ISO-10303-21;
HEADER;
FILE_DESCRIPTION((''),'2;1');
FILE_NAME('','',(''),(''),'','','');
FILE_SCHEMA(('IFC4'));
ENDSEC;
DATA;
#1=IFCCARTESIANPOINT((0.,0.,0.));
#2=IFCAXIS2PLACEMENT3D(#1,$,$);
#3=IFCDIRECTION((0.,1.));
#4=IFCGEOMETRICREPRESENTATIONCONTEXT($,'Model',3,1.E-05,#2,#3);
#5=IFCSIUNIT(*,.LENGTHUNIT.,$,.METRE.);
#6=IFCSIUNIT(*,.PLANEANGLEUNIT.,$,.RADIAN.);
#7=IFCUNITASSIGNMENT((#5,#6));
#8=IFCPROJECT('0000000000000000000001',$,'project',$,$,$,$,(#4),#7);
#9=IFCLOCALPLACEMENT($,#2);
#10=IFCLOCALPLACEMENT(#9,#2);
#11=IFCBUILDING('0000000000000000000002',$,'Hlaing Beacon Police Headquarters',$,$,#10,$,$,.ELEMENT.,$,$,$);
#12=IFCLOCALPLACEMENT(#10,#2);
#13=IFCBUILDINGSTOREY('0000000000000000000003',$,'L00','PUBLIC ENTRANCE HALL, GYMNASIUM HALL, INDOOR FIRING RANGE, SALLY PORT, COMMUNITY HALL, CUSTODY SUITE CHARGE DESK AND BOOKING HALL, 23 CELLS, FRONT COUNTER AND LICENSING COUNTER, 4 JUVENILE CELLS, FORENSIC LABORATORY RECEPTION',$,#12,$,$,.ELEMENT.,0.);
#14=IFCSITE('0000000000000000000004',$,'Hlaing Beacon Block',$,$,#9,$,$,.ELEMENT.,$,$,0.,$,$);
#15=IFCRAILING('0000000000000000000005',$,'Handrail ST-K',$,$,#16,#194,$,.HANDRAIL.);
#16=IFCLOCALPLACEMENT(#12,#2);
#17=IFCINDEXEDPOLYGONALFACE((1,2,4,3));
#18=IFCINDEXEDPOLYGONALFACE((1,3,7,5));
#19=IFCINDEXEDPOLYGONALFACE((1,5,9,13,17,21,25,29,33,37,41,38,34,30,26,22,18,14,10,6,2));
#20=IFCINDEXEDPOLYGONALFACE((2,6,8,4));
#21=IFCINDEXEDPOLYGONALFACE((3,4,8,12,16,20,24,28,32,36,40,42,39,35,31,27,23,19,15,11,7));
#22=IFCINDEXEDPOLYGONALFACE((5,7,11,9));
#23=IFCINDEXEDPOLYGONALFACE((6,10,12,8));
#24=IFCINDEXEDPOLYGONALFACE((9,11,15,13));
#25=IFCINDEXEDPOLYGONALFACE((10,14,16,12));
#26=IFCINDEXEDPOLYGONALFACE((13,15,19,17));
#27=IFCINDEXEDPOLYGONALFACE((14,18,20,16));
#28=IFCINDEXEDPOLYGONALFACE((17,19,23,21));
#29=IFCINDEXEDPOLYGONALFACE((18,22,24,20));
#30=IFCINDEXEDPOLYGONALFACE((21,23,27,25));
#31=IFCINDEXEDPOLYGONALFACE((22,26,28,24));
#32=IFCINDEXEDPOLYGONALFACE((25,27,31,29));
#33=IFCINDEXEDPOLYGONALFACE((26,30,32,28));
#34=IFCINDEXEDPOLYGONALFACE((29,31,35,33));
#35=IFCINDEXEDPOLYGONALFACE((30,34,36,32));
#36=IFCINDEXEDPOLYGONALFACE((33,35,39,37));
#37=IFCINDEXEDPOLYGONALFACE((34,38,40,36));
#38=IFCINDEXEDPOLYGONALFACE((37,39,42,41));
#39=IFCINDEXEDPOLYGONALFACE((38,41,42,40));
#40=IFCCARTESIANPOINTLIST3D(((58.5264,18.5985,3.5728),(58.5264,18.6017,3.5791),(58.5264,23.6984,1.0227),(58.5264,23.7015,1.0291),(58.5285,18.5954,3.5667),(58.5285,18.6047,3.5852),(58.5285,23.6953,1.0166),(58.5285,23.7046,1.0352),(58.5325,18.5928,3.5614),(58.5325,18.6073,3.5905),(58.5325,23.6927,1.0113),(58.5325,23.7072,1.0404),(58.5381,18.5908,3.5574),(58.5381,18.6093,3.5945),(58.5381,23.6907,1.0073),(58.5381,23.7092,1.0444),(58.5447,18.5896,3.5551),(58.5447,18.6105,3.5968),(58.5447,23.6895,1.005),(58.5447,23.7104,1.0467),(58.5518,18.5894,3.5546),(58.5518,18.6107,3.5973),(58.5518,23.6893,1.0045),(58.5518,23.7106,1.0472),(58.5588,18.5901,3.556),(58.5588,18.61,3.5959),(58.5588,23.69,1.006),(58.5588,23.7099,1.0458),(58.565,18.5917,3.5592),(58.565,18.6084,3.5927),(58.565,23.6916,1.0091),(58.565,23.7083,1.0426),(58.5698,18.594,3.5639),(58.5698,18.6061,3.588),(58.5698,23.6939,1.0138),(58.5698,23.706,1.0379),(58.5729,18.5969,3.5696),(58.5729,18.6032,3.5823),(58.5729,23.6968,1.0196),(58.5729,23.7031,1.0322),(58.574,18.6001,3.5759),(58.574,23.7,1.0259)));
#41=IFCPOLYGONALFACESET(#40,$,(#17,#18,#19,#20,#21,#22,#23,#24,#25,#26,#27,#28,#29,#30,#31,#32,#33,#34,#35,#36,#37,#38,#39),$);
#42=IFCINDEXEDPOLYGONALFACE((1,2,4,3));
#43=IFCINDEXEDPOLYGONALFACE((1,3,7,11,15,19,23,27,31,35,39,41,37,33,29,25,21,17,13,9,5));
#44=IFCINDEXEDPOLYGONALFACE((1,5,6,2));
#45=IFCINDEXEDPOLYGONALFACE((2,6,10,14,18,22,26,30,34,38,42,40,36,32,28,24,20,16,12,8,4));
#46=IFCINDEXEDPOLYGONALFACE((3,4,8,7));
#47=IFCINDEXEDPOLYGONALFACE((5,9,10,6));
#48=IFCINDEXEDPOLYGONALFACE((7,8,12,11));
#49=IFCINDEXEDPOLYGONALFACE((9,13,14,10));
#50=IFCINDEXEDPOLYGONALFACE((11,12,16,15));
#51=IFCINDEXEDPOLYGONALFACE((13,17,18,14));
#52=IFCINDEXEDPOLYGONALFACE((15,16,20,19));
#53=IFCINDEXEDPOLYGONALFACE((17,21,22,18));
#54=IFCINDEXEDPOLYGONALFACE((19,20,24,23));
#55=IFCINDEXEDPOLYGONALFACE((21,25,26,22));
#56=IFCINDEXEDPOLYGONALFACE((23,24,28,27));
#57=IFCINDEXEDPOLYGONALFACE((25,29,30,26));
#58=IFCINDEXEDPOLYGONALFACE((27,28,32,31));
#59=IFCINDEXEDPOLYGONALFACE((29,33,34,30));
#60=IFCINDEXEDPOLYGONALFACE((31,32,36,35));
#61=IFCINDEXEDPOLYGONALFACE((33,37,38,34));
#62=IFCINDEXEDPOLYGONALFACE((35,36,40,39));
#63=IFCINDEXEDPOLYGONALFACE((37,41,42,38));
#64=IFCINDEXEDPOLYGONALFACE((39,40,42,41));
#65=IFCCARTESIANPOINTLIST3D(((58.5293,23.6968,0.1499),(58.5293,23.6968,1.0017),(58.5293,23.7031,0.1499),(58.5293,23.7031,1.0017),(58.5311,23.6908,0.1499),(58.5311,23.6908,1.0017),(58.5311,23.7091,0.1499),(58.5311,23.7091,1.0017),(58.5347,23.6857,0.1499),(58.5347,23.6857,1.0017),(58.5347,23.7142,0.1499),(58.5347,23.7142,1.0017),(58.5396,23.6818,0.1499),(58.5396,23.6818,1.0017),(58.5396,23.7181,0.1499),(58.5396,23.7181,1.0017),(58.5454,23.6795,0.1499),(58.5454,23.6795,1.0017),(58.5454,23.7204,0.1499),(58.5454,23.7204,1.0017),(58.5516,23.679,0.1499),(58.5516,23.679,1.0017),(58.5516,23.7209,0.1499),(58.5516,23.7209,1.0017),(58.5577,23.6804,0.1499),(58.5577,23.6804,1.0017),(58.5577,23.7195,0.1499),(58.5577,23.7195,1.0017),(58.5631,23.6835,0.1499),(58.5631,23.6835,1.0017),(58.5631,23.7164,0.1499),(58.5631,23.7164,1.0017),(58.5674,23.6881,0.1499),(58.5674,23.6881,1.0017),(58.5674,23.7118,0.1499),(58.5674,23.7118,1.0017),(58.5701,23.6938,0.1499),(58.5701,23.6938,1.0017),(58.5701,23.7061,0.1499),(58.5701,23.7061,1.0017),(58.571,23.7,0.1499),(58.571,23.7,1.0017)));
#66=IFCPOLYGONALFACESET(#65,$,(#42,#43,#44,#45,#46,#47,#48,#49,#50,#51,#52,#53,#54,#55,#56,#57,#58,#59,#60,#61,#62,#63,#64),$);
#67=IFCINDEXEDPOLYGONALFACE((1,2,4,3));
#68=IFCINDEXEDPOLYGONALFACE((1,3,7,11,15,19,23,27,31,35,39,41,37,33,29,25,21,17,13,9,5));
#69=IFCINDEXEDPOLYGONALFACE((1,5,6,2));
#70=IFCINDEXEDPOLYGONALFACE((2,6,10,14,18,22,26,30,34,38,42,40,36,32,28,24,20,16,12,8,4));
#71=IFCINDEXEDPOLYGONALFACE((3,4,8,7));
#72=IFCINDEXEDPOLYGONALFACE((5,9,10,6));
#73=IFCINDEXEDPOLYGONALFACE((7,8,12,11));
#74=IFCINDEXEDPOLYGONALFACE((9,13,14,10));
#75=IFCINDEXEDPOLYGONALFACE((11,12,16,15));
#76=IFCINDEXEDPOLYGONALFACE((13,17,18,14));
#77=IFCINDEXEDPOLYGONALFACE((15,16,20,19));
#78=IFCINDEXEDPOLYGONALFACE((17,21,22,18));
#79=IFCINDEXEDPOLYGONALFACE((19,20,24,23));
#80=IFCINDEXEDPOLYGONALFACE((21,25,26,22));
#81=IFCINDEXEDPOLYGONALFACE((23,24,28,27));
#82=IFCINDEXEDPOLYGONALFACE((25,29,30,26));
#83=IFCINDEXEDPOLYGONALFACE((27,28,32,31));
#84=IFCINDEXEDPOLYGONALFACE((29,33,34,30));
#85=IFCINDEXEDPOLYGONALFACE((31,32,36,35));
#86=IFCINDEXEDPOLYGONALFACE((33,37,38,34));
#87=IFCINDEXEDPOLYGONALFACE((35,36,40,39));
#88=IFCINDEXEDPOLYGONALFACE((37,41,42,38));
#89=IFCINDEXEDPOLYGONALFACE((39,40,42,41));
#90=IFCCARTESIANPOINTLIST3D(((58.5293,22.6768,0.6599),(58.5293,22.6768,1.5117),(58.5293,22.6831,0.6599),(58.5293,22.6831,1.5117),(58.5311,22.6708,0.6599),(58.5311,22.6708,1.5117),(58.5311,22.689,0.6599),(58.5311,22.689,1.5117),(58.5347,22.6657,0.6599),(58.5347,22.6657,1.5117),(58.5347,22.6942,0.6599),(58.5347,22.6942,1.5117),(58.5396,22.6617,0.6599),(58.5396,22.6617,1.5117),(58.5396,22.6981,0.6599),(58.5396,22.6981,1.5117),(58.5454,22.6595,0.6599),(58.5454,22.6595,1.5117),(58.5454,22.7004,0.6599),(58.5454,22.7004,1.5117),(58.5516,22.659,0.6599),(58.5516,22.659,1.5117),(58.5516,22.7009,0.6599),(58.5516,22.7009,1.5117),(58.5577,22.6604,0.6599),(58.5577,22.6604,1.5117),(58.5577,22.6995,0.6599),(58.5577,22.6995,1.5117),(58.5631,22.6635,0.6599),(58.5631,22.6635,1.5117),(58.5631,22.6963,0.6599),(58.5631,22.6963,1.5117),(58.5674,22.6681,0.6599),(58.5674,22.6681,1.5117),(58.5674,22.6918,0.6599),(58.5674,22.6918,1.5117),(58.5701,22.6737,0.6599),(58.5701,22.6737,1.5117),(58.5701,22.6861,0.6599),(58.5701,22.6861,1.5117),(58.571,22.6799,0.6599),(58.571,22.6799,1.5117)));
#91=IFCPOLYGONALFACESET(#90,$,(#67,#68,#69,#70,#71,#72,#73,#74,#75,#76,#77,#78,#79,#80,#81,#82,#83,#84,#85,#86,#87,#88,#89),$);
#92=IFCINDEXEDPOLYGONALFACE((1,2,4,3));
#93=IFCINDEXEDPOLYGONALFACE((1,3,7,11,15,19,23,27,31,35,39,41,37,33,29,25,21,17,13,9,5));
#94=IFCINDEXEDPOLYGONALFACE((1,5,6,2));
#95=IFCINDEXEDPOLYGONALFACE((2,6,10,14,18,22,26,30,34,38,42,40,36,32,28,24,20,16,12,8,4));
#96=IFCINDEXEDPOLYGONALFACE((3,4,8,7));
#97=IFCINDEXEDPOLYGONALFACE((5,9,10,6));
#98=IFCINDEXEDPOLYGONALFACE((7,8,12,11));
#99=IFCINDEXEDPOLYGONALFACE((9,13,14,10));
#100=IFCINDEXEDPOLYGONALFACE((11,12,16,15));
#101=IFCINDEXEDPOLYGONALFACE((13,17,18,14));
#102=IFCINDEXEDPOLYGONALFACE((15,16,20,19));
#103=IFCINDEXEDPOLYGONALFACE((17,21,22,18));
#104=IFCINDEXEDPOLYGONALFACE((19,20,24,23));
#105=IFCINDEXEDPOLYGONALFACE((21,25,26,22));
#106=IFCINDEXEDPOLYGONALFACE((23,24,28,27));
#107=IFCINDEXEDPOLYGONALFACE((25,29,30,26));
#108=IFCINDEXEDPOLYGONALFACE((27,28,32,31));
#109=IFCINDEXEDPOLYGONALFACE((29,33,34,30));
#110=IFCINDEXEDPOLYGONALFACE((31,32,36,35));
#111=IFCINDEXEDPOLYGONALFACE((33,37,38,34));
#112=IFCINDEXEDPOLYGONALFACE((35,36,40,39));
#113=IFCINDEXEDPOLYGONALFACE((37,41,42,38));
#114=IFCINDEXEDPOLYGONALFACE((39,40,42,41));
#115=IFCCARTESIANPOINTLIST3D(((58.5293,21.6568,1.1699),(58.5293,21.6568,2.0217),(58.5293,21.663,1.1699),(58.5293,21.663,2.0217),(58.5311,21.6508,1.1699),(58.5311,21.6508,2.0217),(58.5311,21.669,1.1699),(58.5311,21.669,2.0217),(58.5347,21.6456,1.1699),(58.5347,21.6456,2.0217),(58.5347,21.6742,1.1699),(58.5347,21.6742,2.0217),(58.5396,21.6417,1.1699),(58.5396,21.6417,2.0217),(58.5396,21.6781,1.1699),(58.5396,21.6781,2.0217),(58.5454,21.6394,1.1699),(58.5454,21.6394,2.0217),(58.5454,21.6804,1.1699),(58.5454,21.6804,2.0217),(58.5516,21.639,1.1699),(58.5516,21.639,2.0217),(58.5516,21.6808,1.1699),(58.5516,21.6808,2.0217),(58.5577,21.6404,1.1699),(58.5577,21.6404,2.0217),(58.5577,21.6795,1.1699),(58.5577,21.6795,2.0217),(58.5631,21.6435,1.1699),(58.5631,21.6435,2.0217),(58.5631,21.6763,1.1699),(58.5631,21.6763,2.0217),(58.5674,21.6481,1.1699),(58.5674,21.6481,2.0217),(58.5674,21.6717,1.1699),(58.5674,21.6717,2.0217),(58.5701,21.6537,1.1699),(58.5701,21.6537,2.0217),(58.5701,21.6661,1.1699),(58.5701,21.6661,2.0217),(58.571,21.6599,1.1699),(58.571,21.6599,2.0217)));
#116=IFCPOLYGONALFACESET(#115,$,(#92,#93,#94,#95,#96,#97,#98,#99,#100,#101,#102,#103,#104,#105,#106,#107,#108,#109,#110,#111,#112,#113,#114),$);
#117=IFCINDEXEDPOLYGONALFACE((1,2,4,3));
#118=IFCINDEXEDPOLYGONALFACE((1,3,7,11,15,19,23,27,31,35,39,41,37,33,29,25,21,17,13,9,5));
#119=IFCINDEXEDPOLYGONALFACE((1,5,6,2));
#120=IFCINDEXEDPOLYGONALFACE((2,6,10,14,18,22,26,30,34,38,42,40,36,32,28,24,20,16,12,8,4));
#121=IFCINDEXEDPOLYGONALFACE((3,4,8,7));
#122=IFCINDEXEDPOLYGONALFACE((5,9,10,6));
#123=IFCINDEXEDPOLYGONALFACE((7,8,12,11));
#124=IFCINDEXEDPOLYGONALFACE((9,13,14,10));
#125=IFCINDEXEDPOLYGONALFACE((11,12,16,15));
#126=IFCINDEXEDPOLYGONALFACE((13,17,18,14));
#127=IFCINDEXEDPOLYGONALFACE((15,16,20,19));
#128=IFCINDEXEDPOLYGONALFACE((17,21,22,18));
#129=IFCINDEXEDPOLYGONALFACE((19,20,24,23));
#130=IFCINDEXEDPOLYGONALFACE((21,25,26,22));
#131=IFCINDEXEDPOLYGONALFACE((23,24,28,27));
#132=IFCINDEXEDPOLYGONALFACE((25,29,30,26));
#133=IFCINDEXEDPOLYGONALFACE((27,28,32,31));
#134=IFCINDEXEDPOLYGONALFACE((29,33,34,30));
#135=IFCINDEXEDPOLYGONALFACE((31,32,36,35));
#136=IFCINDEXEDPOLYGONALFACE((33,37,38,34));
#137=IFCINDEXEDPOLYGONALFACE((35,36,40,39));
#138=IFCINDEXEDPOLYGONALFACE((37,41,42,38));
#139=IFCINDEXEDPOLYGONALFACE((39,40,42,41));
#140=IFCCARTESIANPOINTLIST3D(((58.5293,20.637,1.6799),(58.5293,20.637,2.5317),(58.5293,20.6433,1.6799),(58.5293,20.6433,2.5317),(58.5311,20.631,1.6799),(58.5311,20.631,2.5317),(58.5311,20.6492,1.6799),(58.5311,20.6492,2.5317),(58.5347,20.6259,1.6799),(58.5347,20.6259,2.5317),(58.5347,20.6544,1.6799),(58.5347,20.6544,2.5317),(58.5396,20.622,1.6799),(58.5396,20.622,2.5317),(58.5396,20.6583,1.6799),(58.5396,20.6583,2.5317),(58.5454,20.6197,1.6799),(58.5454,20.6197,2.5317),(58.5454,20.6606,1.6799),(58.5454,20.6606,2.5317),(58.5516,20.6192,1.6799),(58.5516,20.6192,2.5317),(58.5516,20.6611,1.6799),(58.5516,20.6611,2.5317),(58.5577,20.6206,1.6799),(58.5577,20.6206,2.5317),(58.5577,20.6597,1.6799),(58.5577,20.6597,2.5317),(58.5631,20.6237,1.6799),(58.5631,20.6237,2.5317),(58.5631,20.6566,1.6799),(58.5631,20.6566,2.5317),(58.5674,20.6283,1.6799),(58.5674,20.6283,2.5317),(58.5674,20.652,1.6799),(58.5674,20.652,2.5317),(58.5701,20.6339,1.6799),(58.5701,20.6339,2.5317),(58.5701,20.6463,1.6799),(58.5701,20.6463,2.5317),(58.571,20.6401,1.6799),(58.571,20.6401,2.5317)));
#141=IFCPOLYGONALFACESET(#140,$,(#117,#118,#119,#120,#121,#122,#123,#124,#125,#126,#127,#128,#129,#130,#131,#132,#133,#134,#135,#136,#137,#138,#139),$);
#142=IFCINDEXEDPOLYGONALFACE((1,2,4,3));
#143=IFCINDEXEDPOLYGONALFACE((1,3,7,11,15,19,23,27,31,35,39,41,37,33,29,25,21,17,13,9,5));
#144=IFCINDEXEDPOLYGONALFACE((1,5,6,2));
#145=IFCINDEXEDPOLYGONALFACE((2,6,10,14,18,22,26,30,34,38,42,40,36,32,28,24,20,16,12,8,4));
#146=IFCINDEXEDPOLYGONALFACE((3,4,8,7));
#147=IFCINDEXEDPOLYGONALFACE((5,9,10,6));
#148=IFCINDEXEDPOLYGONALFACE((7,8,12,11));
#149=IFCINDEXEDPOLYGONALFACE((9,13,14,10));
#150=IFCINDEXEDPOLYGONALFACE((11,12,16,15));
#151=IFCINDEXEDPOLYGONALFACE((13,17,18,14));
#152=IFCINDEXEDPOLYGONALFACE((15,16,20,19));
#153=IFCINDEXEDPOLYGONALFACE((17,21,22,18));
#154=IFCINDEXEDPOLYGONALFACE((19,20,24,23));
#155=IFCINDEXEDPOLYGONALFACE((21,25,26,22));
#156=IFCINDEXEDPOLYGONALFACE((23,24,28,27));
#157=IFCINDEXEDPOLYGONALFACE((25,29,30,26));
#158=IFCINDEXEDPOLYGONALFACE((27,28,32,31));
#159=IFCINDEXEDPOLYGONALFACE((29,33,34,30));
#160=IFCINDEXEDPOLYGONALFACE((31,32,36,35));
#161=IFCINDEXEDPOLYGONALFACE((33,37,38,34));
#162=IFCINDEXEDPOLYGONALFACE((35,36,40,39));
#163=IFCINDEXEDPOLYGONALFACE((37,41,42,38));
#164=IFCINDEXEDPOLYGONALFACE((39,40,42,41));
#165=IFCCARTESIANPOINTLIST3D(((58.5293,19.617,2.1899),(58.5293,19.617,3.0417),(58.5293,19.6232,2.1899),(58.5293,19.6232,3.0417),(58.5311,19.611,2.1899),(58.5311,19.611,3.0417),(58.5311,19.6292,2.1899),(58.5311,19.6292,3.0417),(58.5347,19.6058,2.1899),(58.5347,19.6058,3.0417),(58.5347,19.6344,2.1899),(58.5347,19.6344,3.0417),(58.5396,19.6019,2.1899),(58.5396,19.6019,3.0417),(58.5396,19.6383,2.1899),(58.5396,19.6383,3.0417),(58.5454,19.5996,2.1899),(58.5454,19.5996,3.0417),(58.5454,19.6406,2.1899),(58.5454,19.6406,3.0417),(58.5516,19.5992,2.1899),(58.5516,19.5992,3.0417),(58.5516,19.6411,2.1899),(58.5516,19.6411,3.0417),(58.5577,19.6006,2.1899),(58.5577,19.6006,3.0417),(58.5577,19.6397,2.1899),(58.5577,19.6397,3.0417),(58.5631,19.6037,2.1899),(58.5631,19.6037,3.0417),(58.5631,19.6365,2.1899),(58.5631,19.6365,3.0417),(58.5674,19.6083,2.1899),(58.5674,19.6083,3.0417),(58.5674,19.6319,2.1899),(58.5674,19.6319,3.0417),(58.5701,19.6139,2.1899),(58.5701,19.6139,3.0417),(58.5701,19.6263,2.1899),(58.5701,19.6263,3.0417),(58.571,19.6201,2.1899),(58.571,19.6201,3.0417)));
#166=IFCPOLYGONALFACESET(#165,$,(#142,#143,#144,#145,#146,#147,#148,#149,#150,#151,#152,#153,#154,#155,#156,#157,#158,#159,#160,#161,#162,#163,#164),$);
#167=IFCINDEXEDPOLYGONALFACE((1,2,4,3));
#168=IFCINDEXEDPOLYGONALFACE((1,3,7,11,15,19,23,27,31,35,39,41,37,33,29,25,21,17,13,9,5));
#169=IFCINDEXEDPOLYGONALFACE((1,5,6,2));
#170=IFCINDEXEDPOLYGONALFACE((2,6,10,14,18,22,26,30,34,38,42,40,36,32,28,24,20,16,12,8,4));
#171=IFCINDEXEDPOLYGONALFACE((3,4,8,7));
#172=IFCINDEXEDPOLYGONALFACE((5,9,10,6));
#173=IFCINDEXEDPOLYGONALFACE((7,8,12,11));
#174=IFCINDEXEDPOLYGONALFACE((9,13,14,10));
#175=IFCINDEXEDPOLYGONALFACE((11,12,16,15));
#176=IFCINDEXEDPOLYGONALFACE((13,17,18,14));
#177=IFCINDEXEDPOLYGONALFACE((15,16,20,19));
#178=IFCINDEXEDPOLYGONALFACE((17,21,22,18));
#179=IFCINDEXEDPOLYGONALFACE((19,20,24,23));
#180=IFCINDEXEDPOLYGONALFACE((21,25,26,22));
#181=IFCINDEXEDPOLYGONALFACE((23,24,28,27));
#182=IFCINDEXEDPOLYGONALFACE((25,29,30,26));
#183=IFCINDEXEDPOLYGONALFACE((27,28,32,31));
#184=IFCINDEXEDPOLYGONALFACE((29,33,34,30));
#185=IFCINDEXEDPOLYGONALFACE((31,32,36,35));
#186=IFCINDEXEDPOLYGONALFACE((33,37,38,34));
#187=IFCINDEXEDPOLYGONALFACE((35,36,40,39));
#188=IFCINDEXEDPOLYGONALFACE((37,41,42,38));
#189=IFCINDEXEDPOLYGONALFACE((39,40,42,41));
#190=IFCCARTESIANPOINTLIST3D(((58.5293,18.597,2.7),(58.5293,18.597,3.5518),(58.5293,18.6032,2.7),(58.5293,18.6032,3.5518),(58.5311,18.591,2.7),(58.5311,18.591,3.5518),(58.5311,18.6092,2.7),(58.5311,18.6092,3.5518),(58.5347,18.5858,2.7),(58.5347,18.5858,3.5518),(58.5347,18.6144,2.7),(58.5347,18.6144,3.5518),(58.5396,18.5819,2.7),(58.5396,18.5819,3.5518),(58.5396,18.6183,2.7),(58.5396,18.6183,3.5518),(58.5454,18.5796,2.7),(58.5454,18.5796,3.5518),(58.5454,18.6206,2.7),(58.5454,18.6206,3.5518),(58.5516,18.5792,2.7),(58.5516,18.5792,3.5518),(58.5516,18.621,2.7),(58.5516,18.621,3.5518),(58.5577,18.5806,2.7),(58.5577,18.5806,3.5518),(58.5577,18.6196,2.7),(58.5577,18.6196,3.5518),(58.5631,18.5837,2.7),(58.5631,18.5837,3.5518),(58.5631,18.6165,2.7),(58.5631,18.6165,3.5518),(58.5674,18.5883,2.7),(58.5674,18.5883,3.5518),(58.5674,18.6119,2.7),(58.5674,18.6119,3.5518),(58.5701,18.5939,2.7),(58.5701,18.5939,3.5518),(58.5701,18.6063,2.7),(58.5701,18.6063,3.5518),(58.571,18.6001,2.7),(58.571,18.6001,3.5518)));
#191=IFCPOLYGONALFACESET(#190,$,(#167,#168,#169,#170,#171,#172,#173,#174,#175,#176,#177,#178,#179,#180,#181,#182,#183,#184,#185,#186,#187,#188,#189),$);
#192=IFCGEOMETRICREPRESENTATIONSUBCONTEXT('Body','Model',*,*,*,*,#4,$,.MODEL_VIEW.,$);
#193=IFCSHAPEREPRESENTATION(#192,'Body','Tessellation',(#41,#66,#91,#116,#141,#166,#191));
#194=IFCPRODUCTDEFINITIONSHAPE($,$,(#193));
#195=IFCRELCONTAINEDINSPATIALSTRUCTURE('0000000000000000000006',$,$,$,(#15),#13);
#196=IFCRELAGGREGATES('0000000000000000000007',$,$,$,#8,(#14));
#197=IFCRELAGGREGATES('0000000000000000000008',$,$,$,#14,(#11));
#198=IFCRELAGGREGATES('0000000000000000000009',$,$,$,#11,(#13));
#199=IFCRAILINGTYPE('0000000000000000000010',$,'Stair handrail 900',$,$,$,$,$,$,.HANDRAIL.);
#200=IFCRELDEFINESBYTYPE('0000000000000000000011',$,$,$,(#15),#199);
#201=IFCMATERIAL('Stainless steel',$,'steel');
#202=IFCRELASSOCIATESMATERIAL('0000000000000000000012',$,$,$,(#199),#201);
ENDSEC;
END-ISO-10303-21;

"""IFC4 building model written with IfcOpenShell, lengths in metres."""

from ifc_helpers import new_model, si_unit, direction, frame, origin, origin_2d, place, context, subcontext, project, spatial, circle, extrude, material, type_object, element, save


model = new_model("IFC4")

# Units and contexts
model_context = context("Model", 3, precision=1e-05, world=origin(), true_north=direction((0.0, 1.0)))
body_context = subcontext(model_context, "Body", "Model", "MODEL_VIEW")
ifc_project = project(units=[si_unit("LENGTHUNIT", "METRE"), si_unit("PLANEANGLEUNIT", "RADIAN")], contexts=[model_context])

# Site, building, storey
site_placement = place(None, origin())
site = spatial("IfcSite", under=ifc_project, at=site_placement, Name="Hlaing Beacon Block", CompositionType="ELEMENT", RefElevation=0.0)
building_placement = place(site_placement, origin())
building = spatial("IfcBuilding", under=site, at=building_placement, Name="Hlaing Beacon Police Headquarters", CompositionType="ELEMENT")
storey_placement = place(building_placement, origin())
storey = spatial("IfcBuildingStorey", under=building, at=storey_placement, Name="L00", Description="PUBLIC ENTRANCE HALL, GYMNASIUM HALL, INDOOR FIRING RANGE, SALLY PORT, COMMUNITY HALL, CUSTODY SUITE CHARGE DESK AND BOOKING HALL, 23 CELLS, FRONT COUNTER AND LICENSING COUNTER, 4 JUVENILE CELLS, FORENSIC LABORATORY RECEPTION", CompositionType="ELEMENT", Elevation=0.0)

# Railing
ifc_material_1 = material(Name="Stainless steel", Category="steel")
railing_type_1 = type_object("IfcRailingType", Name="Stair handrail 900", PredefinedType="HANDRAIL", material=ifc_material_1)
for number, where, name in (
    (1, (58.55, 23.7, 0.1499), "Handrail ST-K"),
):
    element("IfcRailing", number, at=place(storey_placement, frame(where)), inside=storey, type_object=railing_type_1, Name=name, PredefinedType="HANDRAIL", context=body_context, shape_type="SweptSolid", body=[
        extrude(circle(Radius=0.0239, at=origin_2d()), frame((0.0, 0.0, 0.876), z_axis=(0.0, -0.894419, 0.447231), x_axis=(1.0, 0.0, 0.0)), (0.0, 0.0, 1.0), 5.7019),
        extrude(circle(Radius=0.021, at=origin_2d()), origin(), (0.0, 0.0, 1.0), 0.8518),
        extrude(circle(Radius=0.021, at=origin_2d()), frame((0.0, -1.02, 0.51)), (0.0, 0.0, 1.0), 0.8518),
        extrude(circle(Radius=0.021, at=origin_2d()), frame((0.0, -2.04, 1.02)), (0.0, 0.0, 1.0), 0.8518),
        extrude(circle(Radius=0.021, at=origin_2d()), frame((0.0, -3.0598, 1.53)), (0.0, 0.0, 1.0), 0.8518),
        extrude(circle(Radius=0.021, at=origin_2d()), frame((0.0, -4.0798, 2.04)), (0.0, 0.0, 1.0), 0.8518),
        extrude(circle(Radius=0.021, at=origin_2d()), frame((0.0, -5.0999, 2.55)), (0.0, 0.0, 1.0), 0.8518),
    ])

save(model, "model.ifc")
